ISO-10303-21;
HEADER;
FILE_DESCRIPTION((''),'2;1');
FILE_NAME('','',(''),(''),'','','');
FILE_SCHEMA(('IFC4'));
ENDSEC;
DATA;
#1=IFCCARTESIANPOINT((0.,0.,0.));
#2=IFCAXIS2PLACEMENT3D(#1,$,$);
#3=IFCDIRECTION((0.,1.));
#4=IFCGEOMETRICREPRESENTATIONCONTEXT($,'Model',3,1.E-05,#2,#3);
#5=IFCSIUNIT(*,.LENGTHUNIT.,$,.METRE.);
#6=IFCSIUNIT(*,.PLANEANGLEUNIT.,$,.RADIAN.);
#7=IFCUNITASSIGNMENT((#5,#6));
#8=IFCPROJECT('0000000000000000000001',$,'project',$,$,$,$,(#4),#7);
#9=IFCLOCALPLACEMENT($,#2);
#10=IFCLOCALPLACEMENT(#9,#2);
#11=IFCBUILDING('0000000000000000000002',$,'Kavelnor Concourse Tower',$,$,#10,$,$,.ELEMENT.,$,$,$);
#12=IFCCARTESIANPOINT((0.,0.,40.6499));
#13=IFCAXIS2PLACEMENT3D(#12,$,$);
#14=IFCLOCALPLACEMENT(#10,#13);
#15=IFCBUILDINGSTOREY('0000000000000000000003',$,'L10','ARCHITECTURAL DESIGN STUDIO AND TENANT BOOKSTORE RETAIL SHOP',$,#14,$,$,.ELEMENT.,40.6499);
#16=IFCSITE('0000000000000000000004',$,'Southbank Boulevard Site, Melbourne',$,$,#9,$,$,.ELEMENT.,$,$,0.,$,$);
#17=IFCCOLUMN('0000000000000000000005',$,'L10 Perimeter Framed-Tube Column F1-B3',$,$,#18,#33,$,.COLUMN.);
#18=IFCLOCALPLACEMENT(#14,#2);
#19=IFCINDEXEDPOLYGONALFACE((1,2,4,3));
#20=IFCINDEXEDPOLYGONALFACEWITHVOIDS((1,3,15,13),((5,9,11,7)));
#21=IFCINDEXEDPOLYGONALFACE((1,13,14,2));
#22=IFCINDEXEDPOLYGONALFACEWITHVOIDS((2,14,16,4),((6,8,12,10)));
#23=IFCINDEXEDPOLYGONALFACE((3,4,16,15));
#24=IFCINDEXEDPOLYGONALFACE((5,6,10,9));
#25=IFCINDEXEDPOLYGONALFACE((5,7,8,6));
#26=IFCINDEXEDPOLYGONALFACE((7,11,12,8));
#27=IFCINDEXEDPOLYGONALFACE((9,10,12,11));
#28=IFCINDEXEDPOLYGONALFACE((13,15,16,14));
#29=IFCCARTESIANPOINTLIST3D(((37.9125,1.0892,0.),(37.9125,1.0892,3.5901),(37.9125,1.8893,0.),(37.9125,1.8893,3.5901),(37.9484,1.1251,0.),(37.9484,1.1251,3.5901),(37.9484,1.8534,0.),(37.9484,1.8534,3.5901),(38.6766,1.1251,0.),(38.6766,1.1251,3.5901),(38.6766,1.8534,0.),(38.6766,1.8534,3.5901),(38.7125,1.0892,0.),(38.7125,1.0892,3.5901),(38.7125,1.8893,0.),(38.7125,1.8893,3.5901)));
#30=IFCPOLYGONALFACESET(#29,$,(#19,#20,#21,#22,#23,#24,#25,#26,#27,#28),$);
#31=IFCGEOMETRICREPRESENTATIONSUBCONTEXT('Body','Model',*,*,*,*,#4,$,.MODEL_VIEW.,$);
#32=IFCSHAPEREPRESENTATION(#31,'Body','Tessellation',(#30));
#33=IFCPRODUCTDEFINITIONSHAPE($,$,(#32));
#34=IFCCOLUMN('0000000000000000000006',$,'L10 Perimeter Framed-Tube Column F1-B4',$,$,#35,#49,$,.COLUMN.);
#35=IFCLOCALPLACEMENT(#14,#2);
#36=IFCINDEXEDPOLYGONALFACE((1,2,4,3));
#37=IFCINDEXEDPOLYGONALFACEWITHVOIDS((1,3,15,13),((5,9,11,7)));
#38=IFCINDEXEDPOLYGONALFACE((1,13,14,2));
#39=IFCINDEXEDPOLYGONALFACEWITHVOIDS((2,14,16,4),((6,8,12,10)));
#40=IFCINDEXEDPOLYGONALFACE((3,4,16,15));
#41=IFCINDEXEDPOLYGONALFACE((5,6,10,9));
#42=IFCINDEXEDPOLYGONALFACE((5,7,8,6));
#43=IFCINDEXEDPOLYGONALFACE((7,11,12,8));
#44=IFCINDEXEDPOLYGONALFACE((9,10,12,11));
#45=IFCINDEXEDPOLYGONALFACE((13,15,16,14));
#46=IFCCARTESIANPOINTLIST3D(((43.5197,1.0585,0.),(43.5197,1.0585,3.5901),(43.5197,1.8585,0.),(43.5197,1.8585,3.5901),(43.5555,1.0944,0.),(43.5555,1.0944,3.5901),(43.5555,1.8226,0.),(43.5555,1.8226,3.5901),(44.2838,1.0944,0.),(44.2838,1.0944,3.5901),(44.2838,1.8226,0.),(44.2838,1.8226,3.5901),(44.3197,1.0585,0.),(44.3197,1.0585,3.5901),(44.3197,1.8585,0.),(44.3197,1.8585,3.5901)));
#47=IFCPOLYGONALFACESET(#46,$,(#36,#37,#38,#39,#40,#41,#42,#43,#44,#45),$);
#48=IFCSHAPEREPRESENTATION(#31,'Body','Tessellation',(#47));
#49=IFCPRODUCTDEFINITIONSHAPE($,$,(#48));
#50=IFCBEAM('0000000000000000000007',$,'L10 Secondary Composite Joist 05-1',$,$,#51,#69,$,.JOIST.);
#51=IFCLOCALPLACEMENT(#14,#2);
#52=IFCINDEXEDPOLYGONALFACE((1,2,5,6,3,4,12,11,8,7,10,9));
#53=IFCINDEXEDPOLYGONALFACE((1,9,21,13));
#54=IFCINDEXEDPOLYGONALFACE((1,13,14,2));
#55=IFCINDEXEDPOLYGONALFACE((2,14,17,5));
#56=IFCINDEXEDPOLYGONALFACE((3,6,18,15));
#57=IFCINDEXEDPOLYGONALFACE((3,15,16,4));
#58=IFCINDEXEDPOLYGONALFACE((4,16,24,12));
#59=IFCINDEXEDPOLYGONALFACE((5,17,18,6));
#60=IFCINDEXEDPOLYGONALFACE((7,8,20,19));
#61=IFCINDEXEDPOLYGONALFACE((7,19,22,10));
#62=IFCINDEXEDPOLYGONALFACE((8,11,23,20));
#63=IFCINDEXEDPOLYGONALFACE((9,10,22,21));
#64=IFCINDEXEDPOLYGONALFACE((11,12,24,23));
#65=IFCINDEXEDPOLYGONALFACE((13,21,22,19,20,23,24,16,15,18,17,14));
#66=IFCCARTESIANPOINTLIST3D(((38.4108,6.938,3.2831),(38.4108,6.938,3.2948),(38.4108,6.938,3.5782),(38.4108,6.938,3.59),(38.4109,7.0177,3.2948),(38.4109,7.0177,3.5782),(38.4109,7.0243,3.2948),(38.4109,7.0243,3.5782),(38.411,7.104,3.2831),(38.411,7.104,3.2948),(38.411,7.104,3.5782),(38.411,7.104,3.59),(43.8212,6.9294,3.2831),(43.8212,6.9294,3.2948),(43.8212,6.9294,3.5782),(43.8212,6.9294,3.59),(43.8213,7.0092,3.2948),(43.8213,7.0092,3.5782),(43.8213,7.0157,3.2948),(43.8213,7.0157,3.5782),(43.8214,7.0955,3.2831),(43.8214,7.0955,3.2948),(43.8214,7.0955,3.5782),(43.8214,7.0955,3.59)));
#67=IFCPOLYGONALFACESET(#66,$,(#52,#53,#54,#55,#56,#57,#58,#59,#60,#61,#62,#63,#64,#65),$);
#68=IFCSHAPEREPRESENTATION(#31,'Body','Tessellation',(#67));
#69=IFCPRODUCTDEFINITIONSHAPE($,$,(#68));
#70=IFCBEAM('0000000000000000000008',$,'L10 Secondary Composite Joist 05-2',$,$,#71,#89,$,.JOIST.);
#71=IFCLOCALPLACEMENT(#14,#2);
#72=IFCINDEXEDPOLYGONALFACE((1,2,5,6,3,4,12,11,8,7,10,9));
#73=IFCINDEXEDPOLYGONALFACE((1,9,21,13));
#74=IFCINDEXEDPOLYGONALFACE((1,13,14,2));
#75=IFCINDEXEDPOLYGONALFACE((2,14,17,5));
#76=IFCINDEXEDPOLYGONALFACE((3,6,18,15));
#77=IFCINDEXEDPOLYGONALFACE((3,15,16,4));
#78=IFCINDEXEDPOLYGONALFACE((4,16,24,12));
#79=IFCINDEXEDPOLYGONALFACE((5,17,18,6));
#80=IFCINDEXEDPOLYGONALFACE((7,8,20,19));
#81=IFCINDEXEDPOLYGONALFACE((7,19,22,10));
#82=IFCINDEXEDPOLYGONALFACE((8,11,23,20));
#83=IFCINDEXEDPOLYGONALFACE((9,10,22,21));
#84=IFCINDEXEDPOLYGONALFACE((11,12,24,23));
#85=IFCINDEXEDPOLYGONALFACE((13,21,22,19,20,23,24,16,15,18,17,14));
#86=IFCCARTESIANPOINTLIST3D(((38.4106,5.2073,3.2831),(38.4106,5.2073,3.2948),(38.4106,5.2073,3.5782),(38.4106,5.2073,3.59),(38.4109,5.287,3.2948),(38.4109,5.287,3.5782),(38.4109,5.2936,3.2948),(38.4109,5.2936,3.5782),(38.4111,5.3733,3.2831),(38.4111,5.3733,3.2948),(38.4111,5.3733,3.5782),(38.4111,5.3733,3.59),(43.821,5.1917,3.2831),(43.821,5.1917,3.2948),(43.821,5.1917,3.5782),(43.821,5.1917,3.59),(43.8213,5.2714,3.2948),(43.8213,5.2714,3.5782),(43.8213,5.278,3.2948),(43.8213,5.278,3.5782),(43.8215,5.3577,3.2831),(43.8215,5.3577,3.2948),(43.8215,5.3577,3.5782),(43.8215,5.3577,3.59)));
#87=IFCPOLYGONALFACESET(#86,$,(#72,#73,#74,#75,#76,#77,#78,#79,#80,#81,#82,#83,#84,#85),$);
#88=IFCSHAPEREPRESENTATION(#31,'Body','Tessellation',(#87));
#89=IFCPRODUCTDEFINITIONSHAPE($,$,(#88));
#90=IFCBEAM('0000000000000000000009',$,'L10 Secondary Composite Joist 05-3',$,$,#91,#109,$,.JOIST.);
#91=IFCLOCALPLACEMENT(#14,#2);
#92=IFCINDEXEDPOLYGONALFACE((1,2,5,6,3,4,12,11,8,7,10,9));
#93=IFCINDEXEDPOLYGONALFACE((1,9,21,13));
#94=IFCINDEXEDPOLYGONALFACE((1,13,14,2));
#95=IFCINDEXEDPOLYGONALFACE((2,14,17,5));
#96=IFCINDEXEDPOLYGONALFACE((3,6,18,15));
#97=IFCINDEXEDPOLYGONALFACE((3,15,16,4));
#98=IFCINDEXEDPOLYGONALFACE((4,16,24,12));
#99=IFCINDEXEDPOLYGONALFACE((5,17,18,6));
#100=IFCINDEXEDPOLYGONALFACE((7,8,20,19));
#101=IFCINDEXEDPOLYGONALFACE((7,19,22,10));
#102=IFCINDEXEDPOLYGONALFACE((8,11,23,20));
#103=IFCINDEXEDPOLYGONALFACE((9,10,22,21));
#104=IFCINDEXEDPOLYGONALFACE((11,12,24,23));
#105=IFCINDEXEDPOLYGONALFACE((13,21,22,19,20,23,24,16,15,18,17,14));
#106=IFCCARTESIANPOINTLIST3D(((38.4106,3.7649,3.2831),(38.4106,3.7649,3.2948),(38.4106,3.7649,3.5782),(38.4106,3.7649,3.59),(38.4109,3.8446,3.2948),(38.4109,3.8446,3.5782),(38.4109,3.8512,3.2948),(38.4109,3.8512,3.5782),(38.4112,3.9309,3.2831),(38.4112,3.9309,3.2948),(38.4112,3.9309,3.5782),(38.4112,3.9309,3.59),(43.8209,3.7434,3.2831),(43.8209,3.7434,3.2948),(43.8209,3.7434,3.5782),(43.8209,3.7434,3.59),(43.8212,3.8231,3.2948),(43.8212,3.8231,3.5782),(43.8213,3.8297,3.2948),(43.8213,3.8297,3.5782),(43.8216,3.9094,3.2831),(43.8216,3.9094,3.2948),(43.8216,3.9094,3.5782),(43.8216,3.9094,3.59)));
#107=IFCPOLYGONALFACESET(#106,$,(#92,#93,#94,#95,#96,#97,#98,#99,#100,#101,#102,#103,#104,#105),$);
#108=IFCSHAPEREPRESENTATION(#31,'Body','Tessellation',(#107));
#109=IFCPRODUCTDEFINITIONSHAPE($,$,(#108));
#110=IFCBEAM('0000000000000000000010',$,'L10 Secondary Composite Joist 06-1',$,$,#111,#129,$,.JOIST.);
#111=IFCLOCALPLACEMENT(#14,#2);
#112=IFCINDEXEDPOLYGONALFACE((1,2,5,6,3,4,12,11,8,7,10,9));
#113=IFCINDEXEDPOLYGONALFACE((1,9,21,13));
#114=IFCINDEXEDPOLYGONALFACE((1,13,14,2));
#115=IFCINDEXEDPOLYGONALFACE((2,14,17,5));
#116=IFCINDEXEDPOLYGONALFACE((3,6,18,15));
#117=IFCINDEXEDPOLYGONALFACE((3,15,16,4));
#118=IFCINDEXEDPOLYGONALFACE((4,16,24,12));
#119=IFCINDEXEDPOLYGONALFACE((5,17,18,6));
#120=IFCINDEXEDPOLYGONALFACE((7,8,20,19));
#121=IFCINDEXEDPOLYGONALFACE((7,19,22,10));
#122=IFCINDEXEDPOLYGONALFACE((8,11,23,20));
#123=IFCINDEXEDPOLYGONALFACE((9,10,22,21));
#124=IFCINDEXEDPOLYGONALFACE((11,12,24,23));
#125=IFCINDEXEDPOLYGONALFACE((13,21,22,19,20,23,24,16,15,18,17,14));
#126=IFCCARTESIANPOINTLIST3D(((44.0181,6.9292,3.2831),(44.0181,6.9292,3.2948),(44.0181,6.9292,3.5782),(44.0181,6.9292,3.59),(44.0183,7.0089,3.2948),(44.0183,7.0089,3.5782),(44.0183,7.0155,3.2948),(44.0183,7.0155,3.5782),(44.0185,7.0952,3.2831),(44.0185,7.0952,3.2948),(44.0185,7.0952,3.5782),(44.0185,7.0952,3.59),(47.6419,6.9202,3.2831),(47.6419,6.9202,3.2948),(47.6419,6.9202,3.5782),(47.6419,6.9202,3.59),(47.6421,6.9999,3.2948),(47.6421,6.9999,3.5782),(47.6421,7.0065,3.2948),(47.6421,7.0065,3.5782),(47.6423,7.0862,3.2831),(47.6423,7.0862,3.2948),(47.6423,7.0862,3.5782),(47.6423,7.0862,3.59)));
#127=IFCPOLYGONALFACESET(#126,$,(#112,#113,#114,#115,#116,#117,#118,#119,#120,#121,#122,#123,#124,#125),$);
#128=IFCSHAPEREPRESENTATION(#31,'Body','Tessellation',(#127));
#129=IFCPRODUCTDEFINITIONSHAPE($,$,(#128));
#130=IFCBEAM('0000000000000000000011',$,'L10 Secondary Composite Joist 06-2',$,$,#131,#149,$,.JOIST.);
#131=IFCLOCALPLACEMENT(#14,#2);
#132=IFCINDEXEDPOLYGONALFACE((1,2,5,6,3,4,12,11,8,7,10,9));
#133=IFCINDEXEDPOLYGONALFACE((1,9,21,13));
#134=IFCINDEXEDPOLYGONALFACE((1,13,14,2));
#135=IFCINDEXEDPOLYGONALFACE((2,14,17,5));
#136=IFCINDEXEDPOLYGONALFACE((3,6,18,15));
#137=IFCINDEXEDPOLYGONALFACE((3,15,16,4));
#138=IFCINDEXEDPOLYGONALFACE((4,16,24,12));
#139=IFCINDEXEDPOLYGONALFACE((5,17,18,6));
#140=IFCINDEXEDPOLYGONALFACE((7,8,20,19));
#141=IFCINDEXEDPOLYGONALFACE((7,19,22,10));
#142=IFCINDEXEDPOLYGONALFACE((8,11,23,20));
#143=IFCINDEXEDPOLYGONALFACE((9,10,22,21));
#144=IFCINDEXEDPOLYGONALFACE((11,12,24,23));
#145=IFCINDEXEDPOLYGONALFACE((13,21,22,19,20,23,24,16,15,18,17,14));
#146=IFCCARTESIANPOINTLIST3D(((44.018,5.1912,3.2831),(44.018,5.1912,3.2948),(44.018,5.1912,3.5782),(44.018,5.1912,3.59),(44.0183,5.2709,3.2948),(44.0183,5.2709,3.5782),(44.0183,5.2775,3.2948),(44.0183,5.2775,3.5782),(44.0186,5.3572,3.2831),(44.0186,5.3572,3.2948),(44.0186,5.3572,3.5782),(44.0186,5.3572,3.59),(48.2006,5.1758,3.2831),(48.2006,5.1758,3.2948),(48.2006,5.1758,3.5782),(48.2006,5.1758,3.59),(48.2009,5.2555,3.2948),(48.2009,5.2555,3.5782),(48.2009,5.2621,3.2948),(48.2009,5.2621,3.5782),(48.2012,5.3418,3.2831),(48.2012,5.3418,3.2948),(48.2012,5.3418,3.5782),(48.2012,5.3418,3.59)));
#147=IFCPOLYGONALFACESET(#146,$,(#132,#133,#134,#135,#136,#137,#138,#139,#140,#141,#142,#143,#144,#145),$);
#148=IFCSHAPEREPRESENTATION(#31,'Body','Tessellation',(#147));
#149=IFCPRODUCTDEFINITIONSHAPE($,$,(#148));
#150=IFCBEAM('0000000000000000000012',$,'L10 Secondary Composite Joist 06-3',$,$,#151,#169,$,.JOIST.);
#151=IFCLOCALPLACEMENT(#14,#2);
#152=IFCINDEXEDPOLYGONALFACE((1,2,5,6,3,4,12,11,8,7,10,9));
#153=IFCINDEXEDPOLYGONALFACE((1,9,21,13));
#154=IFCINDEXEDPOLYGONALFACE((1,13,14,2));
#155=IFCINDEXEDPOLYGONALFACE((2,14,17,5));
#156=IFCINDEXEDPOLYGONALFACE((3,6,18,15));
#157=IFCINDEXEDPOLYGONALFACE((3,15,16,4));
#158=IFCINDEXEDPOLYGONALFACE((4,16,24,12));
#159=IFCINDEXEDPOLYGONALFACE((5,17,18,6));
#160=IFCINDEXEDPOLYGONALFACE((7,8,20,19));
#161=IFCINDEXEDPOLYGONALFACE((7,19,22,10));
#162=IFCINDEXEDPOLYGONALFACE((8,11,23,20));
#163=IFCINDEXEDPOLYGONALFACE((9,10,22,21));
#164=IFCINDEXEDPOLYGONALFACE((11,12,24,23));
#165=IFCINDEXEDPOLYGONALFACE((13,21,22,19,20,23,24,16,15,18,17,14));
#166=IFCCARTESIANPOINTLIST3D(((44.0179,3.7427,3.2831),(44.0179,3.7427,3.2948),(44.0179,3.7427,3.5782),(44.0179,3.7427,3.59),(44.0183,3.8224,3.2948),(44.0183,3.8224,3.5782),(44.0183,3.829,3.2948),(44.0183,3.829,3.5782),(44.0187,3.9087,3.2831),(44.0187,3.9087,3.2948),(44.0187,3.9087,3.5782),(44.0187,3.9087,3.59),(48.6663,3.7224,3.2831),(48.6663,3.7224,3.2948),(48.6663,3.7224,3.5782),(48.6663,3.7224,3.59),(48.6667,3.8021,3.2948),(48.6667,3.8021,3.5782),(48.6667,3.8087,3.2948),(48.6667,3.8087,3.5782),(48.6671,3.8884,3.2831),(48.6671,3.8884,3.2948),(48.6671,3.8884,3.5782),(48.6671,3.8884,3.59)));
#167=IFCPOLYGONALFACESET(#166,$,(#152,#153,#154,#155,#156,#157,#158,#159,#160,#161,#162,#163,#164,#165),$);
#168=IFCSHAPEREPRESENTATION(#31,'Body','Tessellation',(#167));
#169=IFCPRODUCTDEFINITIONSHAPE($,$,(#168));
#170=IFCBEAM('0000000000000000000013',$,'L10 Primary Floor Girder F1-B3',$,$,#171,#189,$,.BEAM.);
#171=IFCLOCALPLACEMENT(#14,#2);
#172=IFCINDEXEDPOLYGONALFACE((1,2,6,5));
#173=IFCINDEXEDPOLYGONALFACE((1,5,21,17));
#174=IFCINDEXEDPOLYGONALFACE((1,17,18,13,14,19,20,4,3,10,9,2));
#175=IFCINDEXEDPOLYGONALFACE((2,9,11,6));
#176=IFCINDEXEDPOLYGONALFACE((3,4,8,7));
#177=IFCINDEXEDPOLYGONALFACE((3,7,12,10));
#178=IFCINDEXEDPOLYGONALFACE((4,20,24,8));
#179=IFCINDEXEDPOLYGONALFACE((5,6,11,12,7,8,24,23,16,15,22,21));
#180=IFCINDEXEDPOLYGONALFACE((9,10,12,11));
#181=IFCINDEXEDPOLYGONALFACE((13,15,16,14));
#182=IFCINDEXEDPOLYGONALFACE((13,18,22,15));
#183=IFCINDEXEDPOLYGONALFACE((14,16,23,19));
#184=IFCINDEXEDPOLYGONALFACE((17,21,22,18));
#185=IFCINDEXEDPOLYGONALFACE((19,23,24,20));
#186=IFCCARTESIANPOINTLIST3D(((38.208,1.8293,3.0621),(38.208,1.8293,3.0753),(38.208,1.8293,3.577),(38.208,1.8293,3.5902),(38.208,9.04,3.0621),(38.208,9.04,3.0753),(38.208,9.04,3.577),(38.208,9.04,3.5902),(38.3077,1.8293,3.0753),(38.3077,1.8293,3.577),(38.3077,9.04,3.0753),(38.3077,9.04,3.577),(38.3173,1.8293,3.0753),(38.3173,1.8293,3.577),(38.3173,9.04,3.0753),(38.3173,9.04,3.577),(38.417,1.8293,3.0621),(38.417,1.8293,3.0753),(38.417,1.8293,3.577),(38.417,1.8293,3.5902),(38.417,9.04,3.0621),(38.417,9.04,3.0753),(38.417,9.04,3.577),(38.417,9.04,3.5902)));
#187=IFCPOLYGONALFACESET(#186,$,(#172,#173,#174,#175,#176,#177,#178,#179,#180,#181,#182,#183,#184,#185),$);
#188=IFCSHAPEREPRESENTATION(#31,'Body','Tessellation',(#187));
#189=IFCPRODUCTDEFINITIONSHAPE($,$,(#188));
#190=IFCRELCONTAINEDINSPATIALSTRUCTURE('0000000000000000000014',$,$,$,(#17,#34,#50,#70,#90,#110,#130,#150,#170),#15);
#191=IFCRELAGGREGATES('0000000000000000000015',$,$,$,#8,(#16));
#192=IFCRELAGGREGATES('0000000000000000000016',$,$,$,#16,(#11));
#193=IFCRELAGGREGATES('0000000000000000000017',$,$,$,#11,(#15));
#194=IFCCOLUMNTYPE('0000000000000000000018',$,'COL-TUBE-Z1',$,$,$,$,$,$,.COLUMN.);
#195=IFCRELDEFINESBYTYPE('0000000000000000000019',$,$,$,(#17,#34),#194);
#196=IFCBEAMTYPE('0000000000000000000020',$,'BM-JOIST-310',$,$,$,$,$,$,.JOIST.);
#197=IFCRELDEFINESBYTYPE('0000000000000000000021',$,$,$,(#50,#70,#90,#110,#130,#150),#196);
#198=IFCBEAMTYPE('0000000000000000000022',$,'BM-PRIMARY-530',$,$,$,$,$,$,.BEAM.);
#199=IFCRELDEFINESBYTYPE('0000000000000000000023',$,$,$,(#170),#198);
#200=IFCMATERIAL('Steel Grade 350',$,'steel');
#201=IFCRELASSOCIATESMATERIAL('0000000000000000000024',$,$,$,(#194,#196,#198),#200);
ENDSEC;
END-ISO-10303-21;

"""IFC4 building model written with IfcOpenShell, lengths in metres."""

from ifc_helpers import new_model, si_unit, direction, frame, origin, origin_2d, place, context, subcontext, project, spatial, hollow_rectangle, i_section, extrude, material, material_profile, profile_set, type_object, element, save


model = new_model("IFC4")

# Units and contexts
model_context = context("Model", 3, precision=1e-05, world=origin(), true_north=direction((0.0, 1.0)))
body_context = subcontext(model_context, "Body", "Model", "MODEL_VIEW")
ifc_project = project(units=[si_unit("LENGTHUNIT", "METRE"), si_unit("PLANEANGLEUNIT", "RADIAN")], contexts=[model_context])

# Site, building, storey
site_placement = place(None, origin())
site = spatial("IfcSite", under=ifc_project, at=site_placement, Name="Southbank Boulevard Site, Melbourne", CompositionType="ELEMENT", RefElevation=0.0)
building_placement = place(site_placement, origin())
building = spatial("IfcBuilding", under=site, at=building_placement, Name="Kavelnor Concourse Tower", CompositionType="ELEMENT")
storey_placement = place(building_placement, frame((0.0, 0.0, 40.6499)))
storey = spatial("IfcBuildingStorey", under=building, at=storey_placement, Name="L10", Description="ARCHITECTURAL DESIGN STUDIO AND TENANT BOOKSTORE RETAIL SHOP", CompositionType="ELEMENT", Elevation=40.6499)

# Columns
ifc_material_1 = material(Name="Steel Grade 350", Category="steel")
ifc_material_profile_1 = material_profile(ifc_material_1, hollow_rectangle(XDim=0.8, YDim=0.8, WallThickness=0.0359, at=origin_2d()), Name="SHS 800x800x36")
ifc_profile_set_1 = profile_set([ifc_material_profile_1], Name="Steel Grade 350")
column_type = type_object("IfcColumnType", Name="COL-TUBE-Z1", PredefinedType="COLUMN", material=ifc_profile_set_1)
for number, where, z_axis, x_axis, name in (
    (1, (38.3125, 1.4893, 0.0), (0.0, 0.0, 1.0), (1.0, 0.0, 0.0), "L10 Perimeter Framed-Tube Column F1-B3"),
    (2, (43.9197, 1.4585, 0.0), (0.0, 0.0, 1.0), (1.0, 0.0, 0.0), "L10 Perimeter Framed-Tube Column F1-B4"),
):
    element("IfcColumn", number, at=place(storey_placement, frame(where, z_axis=z_axis, x_axis=x_axis)), inside=storey, type_object=column_type, Name=name, PredefinedType="COLUMN", context=body_context, shape_type="SweptSolid", body=[
        extrude(hollow_rectangle(XDim=0.8, YDim=0.8, WallThickness=0.0359, at=origin_2d()), origin(), (0.0, 0.0, 1.0), 3.5901),
    ])

# Beams
ifc_material_profile_2 = material_profile(ifc_material_1, i_section(OverallWidth=0.166, OverallDepth=0.3069, WebThickness=0.0066, FlangeThickness=0.0117, at=origin_2d()), Name="310UB46")
ifc_profile_set_2 = profile_set([ifc_material_profile_2], Name="Steel Grade 350")
beam_type_1 = type_object("IfcBeamType", Name="BM-JOIST-310", PredefinedType="JOIST", material=ifc_profile_set_2)
for number, where, z_axis, x_axis, name in (
    (3, (38.4109, 7.021, 3.4365), (0.999999, -0.001579, 0.0), (0.001579, 0.999999, 0.0), "L10 Secondary Composite Joist 05-1"),
    (4, (38.4109, 5.2903, 3.4365), (0.999996, -0.002888, 0.0), (0.002888, 0.999996, 0.0), "L10 Secondary Composite Joist 05-2"),
    (5, (38.4109, 3.8479, 3.4365), (0.999992, -0.003971, 0.0), (0.003971, 0.999992, 0.0), "L10 Secondary Composite Joist 05-3"),
):
    element("IfcBeam", number, at=place(storey_placement, frame(where, z_axis=z_axis, x_axis=x_axis)), inside=storey, type_object=beam_type_1, Name=name, PredefinedType="JOIST", context=body_context, shape_type="SweptSolid", body=[
        extrude(i_section(OverallWidth=0.166, OverallDepth=0.3069, WebThickness=0.0066, FlangeThickness=0.0117, at=origin_2d()), origin(), (0.0, 0.0, 1.0), 5.4104),
    ])
beam_1_placement = place(storey_placement, frame((44.0183, 7.0122, 3.4365), z_axis=(0.999997, -0.002493, 0.0), x_axis=(0.002493, 0.999997, 0.0)))
element("IfcBeam", 6, at=beam_1_placement, inside=storey, type_object=beam_type_1, Name="L10 Secondary Composite Joist 06-1", PredefinedType="JOIST", context=body_context, shape_type="SweptSolid", body=[
    extrude(i_section(OverallWidth=0.166, OverallDepth=0.3069, WebThickness=0.0066, FlangeThickness=0.0117, at=origin_2d()), origin(), (0.0, 0.0, 1.0), 3.6238),
])
beam_2_placement = place(storey_placement, frame((44.0183, 5.2742, 3.4365), z_axis=(0.999993, -0.003677, 0.0), x_axis=(0.003677, 0.999993, 0.0)))
element("IfcBeam", 7, at=beam_2_placement, inside=storey, type_object=beam_type_1, Name="L10 Secondary Composite Joist 06-2", PredefinedType="JOIST", context=body_context, shape_type="SweptSolid", body=[
    extrude(i_section(OverallWidth=0.166, OverallDepth=0.3069, WebThickness=0.0066, FlangeThickness=0.0117, at=origin_2d()), origin(), (0.0, 0.0, 1.0), 4.1826),
])
beam_3_placement = place(storey_placement, frame((44.0183, 3.8257, 3.4365), z_axis=(0.99999, -0.004359, 0.0), x_axis=(0.004359, 0.99999, 0.0)))
element("IfcBeam", 8, at=beam_3_placement, inside=storey, type_object=beam_type_1, Name="L10 Secondary Composite Joist 06-3", PredefinedType="JOIST", context=body_context, shape_type="SweptSolid", body=[
    extrude(i_section(OverallWidth=0.166, OverallDepth=0.3069, WebThickness=0.0066, FlangeThickness=0.0117, at=origin_2d()), origin(), (0.0, 0.0, 1.0), 4.6484),
])
ifc_material_profile_3 = material_profile(ifc_material_1, i_section(OverallWidth=0.209, OverallDepth=0.5281, WebThickness=0.0095, FlangeThickness=0.0132, at=origin_2d()), Name="530UB82")
ifc_profile_set_3 = profile_set([ifc_material_profile_3], Name="Steel Grade 350")
beam_type_2 = type_object("IfcBeamType", Name="BM-PRIMARY-530", PredefinedType="BEAM", material=ifc_profile_set_3)
beam_4_placement = place(storey_placement, frame((38.3125, 9.04, 3.3262), z_axis=(0.0, -1.0, 0.0), x_axis=(1.0, 0.0, 0.0)))
element("IfcBeam", 9, at=beam_4_placement, inside=storey, type_object=beam_type_2, Name="L10 Primary Floor Girder F1-B3", PredefinedType="BEAM", context=body_context, shape_type="SweptSolid", body=[
    extrude(i_section(OverallWidth=0.209, OverallDepth=0.5281, WebThickness=0.0095, FlangeThickness=0.0132, at=origin_2d()), origin(), (0.0, 0.0, 1.0), 7.2107),
])

save(model, "model.ifc")
